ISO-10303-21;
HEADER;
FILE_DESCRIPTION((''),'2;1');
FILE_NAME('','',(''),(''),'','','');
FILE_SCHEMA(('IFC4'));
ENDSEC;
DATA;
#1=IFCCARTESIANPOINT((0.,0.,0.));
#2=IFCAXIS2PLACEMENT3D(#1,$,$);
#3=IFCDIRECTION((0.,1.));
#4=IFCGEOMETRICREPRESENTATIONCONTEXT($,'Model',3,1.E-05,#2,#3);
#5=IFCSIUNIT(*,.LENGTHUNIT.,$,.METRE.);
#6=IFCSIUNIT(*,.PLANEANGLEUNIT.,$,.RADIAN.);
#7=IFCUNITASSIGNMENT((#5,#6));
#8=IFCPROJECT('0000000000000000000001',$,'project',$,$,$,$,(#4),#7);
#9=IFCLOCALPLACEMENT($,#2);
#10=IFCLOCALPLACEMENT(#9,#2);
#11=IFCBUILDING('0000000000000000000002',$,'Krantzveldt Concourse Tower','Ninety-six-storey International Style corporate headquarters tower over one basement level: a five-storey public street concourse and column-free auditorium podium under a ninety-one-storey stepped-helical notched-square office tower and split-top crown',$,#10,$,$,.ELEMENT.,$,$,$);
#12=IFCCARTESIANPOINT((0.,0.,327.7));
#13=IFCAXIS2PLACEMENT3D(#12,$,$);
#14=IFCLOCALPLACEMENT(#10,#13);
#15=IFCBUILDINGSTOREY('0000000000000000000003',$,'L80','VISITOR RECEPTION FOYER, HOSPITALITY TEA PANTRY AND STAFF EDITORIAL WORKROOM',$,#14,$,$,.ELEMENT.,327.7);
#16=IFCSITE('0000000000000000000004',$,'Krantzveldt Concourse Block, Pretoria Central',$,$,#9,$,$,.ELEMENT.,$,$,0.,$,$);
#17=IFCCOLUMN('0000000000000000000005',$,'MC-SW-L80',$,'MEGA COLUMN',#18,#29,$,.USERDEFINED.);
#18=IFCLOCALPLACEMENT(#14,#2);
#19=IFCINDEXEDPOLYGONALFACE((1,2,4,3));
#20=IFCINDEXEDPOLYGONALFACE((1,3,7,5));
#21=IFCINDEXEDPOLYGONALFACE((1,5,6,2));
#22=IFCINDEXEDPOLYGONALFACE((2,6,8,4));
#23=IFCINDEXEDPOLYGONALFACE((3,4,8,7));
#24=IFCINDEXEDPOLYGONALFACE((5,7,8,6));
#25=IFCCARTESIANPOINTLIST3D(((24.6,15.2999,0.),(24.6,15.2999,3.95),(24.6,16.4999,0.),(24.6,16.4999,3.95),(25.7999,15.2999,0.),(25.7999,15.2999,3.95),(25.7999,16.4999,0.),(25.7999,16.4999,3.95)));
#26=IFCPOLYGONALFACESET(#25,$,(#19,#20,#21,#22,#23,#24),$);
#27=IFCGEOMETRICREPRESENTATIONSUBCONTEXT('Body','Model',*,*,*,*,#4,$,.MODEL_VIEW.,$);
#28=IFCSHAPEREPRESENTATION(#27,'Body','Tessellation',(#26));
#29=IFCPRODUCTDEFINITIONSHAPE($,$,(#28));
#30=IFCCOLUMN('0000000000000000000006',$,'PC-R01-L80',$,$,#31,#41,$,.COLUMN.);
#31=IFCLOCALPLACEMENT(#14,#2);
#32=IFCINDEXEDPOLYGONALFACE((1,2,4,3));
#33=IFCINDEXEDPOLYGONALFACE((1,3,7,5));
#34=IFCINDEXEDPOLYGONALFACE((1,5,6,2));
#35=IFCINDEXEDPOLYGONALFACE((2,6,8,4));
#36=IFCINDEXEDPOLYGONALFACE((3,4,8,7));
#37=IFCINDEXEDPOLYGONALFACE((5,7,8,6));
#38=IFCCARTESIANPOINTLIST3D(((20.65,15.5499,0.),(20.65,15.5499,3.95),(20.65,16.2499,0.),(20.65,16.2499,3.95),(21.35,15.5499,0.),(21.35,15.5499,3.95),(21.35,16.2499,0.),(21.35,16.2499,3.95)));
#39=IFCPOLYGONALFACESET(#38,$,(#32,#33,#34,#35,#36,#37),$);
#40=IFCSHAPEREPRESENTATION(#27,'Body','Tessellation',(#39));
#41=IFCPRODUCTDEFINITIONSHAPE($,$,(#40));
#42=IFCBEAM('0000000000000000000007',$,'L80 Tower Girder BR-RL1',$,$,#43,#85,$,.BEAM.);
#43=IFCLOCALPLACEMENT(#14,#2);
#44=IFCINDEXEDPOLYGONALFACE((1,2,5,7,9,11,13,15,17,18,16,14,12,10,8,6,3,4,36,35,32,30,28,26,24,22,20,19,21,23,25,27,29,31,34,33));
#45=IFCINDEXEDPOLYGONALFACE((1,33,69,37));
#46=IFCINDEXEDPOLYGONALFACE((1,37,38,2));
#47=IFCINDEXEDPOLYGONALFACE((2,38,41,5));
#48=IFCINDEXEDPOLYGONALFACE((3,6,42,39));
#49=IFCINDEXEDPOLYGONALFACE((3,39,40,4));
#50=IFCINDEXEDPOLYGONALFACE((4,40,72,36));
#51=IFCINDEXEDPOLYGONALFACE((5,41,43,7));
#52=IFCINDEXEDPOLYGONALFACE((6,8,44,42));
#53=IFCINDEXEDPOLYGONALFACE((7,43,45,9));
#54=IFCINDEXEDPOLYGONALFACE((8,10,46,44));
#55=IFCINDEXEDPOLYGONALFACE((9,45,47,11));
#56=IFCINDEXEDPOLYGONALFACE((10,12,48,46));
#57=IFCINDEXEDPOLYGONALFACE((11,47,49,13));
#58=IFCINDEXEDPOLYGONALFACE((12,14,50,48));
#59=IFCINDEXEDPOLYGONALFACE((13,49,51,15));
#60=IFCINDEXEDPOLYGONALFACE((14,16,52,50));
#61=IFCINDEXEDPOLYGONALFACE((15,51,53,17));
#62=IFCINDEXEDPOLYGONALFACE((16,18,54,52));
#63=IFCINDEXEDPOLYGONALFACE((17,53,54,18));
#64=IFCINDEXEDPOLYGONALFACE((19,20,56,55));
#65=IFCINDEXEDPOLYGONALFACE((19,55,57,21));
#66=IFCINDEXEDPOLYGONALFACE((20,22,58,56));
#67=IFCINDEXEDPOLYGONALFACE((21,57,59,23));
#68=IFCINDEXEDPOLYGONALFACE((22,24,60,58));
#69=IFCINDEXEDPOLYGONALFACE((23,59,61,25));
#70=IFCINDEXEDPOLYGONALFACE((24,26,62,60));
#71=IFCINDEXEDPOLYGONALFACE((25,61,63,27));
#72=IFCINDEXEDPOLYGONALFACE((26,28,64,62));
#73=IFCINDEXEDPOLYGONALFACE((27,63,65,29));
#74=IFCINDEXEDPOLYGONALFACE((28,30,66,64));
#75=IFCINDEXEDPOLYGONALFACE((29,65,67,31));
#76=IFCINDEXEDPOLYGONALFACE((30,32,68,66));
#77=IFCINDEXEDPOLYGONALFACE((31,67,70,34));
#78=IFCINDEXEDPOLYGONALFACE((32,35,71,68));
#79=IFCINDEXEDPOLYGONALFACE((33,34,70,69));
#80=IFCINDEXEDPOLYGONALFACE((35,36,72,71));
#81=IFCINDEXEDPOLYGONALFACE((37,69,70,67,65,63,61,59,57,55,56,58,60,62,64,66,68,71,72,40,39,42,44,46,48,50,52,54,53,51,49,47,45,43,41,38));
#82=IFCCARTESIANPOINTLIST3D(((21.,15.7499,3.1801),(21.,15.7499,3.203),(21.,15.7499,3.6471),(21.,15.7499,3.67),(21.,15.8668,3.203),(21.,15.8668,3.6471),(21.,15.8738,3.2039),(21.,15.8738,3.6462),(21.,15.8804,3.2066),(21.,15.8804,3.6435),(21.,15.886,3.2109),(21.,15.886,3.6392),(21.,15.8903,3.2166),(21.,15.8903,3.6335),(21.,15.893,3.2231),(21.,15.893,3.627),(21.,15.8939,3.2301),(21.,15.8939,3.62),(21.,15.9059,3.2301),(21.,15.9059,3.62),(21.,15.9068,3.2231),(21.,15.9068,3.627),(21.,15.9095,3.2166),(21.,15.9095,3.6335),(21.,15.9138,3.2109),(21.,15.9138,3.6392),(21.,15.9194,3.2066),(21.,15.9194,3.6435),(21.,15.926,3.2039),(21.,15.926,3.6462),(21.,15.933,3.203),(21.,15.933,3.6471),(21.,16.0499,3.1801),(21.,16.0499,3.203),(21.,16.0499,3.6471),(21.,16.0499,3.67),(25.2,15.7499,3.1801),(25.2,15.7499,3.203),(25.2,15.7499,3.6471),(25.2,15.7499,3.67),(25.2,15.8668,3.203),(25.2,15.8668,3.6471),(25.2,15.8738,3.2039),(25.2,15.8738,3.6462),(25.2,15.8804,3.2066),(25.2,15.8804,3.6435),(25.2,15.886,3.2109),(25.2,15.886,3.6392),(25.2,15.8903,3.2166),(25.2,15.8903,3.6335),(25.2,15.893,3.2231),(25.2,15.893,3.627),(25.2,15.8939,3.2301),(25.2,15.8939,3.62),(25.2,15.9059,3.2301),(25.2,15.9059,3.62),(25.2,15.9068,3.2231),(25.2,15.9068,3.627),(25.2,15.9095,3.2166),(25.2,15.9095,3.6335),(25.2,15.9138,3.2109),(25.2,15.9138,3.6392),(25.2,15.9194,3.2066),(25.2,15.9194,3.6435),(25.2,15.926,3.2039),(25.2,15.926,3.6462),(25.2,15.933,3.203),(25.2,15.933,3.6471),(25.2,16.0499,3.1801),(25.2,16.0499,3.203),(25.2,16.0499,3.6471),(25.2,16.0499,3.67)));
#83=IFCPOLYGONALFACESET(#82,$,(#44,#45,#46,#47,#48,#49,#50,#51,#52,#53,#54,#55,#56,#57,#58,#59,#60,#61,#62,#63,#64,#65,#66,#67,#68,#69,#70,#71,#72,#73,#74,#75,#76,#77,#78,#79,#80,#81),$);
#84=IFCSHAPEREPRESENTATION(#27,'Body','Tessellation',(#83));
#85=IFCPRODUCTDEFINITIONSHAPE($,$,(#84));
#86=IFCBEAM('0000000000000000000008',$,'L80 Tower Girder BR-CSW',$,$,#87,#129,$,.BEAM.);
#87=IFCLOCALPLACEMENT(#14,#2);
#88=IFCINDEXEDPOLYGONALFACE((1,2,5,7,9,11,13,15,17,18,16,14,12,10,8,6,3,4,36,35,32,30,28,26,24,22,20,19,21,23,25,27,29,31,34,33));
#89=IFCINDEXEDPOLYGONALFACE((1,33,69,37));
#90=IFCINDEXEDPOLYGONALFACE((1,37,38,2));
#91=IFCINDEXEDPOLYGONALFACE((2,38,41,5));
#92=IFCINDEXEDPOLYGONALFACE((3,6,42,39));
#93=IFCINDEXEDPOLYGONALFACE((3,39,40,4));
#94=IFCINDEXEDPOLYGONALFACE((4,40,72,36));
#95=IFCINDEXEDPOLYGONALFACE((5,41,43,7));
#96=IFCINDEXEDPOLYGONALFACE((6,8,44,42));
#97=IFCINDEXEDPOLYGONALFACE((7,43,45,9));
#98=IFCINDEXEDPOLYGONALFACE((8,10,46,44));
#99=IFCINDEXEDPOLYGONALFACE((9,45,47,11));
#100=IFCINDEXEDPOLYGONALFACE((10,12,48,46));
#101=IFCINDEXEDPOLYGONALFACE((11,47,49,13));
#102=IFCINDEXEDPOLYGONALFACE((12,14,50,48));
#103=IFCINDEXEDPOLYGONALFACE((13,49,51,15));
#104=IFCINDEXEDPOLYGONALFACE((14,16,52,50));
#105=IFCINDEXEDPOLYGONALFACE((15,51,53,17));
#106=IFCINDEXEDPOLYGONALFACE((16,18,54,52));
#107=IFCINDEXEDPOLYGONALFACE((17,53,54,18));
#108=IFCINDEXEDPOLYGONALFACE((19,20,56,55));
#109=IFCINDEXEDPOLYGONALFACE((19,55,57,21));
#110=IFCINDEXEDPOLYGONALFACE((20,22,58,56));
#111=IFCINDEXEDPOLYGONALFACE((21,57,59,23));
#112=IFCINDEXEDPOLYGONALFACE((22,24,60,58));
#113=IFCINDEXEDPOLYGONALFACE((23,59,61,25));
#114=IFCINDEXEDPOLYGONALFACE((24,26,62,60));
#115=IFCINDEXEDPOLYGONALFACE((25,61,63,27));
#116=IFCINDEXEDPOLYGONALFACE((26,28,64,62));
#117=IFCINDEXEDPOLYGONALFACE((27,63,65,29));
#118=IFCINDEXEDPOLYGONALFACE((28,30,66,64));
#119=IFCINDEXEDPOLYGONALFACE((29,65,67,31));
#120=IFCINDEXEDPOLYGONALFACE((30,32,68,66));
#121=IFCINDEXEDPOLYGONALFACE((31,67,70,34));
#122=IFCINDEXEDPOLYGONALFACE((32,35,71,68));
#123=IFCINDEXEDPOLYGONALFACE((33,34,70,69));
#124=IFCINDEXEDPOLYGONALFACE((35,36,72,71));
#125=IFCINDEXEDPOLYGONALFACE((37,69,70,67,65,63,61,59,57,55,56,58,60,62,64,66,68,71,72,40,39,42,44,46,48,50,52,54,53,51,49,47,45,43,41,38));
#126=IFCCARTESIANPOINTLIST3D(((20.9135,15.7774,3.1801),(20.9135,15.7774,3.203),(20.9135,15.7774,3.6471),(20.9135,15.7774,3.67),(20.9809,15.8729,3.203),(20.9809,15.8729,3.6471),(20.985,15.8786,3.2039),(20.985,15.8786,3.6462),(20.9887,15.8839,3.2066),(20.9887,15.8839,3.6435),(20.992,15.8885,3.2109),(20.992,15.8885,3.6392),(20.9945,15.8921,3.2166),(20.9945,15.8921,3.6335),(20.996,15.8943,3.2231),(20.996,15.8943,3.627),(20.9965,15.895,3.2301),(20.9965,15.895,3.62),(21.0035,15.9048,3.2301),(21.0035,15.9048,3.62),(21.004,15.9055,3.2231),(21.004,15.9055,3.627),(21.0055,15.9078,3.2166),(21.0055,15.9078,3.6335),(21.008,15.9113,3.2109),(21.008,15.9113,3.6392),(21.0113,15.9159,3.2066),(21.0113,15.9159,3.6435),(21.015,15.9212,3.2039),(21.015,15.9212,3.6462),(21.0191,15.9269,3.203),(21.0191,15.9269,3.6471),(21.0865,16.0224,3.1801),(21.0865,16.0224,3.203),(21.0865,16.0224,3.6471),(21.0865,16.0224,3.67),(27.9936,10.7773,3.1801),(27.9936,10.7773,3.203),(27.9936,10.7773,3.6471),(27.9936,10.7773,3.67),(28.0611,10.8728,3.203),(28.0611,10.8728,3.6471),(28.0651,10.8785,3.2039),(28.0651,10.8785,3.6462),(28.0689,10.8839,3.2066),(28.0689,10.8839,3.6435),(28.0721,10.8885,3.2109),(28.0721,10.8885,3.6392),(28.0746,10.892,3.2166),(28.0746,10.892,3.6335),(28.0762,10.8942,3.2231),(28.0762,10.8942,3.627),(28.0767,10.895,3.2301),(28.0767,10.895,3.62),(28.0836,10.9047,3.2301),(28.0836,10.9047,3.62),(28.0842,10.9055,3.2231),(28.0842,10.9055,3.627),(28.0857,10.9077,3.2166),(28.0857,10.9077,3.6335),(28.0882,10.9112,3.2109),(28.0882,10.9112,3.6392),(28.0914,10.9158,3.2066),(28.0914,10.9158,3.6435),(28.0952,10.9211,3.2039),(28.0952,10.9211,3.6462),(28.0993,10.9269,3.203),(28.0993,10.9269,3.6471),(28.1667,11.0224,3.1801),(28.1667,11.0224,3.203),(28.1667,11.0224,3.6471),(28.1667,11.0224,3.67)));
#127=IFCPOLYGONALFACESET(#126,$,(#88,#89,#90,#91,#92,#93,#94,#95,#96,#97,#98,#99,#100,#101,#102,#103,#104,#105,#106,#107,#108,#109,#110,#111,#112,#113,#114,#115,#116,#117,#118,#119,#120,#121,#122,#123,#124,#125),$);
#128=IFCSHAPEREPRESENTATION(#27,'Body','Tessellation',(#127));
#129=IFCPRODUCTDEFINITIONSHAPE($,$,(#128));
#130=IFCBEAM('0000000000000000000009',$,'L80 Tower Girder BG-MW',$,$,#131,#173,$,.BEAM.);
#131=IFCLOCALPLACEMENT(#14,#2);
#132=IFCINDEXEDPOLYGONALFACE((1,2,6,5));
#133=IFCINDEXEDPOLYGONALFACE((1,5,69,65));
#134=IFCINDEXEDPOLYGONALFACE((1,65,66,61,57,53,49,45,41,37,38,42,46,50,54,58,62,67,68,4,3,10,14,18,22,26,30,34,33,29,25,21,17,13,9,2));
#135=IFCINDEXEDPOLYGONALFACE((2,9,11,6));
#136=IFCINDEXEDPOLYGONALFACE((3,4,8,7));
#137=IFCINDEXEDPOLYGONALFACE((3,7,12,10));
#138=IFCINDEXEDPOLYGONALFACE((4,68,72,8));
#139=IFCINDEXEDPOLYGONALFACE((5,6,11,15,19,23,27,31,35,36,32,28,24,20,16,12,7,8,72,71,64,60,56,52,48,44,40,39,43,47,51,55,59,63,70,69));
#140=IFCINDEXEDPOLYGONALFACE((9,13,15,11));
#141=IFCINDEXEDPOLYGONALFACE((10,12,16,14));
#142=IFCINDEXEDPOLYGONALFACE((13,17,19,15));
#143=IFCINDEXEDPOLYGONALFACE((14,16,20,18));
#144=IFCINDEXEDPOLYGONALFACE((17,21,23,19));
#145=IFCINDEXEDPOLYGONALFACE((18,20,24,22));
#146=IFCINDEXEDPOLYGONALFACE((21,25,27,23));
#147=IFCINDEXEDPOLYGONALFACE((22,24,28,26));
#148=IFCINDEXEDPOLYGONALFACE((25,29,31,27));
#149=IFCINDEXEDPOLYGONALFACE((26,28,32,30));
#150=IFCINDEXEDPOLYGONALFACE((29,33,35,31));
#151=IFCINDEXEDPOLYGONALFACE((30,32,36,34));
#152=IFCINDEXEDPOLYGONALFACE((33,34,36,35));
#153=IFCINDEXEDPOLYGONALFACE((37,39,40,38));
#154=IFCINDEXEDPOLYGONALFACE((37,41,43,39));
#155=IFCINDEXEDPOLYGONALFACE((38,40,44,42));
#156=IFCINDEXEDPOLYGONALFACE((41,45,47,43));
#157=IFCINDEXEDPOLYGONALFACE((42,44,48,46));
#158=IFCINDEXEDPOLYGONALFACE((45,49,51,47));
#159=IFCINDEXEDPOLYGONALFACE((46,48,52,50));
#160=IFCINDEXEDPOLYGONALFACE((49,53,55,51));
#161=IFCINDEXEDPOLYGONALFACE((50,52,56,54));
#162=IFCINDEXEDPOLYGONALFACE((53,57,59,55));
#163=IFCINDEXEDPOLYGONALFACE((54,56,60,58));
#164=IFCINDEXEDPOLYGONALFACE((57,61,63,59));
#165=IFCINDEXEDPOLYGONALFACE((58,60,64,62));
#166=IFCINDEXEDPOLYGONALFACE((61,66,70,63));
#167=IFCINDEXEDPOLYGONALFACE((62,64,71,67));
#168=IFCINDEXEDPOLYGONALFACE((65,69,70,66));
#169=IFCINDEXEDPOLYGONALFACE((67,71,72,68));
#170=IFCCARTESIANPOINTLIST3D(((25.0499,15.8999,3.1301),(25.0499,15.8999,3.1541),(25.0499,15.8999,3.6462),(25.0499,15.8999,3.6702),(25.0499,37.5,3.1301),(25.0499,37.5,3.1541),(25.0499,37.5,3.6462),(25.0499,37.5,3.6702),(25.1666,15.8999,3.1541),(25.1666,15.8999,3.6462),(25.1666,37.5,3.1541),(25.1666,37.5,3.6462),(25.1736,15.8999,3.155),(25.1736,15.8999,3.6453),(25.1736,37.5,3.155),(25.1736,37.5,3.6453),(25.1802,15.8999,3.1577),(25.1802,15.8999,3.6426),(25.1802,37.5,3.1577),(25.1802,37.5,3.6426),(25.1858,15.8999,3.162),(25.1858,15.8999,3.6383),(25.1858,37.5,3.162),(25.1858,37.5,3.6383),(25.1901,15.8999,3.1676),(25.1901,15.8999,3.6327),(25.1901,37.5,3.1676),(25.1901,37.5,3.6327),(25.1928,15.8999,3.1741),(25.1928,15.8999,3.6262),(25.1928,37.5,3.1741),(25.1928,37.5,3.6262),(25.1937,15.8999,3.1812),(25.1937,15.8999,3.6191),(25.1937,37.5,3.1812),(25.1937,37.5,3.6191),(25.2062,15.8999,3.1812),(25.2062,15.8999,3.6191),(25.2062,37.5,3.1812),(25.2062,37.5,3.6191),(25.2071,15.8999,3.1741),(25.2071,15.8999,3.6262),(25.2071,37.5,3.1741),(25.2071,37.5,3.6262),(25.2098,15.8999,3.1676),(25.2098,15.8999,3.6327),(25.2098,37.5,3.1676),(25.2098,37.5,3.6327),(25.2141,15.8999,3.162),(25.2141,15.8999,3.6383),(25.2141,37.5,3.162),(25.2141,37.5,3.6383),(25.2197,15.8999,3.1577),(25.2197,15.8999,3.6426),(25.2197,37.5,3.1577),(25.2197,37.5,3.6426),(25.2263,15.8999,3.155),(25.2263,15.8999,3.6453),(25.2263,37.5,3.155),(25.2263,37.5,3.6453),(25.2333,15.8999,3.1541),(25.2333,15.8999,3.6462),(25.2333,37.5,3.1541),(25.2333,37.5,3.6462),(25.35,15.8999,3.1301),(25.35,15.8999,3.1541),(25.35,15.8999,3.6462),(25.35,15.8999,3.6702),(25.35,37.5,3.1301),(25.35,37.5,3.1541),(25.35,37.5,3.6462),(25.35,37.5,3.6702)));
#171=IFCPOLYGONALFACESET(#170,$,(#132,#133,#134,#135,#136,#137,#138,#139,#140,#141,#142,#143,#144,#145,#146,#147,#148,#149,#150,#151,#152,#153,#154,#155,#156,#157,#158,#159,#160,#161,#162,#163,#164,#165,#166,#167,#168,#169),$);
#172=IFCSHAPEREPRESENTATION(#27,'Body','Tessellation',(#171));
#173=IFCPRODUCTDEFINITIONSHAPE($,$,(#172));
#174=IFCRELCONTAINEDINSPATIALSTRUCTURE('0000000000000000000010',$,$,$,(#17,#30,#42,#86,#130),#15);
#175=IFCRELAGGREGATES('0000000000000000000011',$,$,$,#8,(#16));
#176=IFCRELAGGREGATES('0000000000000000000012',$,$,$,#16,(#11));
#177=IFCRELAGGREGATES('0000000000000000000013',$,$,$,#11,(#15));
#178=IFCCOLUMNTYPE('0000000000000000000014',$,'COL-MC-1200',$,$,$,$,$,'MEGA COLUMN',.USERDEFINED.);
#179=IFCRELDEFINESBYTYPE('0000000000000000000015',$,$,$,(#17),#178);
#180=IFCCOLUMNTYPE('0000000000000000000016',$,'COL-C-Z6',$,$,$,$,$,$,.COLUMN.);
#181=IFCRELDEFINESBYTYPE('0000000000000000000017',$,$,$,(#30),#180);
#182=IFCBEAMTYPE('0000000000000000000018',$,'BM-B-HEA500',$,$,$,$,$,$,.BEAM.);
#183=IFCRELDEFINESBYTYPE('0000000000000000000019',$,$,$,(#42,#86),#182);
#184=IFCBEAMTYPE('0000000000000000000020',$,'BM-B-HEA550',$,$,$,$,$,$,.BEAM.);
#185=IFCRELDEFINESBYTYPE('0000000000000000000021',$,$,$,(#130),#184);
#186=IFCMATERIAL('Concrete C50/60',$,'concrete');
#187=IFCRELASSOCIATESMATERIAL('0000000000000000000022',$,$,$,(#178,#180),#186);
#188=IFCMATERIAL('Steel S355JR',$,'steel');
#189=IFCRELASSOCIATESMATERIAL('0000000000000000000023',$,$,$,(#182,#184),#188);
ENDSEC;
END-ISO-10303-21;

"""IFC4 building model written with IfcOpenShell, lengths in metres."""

from ifc_helpers import new_model, si_unit, direction, frame, origin, origin_2d, place, context, subcontext, project, spatial, rectangle, i_section, extrude, source, transform, mapped, material, material_profile, profile_set, type_object, type_shapes, element, save


model = new_model("IFC4")

# Units and contexts
model_context = context("Model", 3, precision=1e-05, world=origin(), true_north=direction((0.0, 1.0)))
body_context = subcontext(model_context, "Body", "Model", "MODEL_VIEW")
ifc_project = project(units=[si_unit("LENGTHUNIT", "METRE"), si_unit("PLANEANGLEUNIT", "RADIAN")], contexts=[model_context])

# Site, building, storey
site_placement = place(None, origin())
site = spatial("IfcSite", under=ifc_project, at=site_placement, Name="Krantzveldt Concourse Block, Pretoria Central", CompositionType="ELEMENT", RefElevation=0.0)
building_placement = place(site_placement, origin())
building = spatial("IfcBuilding", under=site, at=building_placement, Name="Krantzveldt Concourse Tower", Description="Ninety-six-storey International Style corporate headquarters tower over one basement level: a five-storey public street concourse and column-free auditorium podium under a ninety-one-storey stepped-helical notched-square office tower and split-top crown", CompositionType="ELEMENT")
storey_placement = place(building_placement, frame((0.0, 0.0, 327.7)))
storey = spatial("IfcBuildingStorey", under=building, at=storey_placement, Name="L80", Description="VISITOR RECEPTION FOYER, HOSPITALITY TEA PANTRY AND STAFF EDITORIAL WORKROOM", CompositionType="ELEMENT", Elevation=327.7)

# Columns
ifc_material_1 = material(Name="Concrete C50/60", Category="concrete")
ifc_material_profile_1 = material_profile(ifc_material_1, rectangle(XDim=1.2, YDim=1.2, at=origin_2d()), Name="Concrete C50/60", Category="concrete")
ifc_profile_set_1 = profile_set([ifc_material_profile_1], Name="Concrete C50/60 - RC 1200x1200")
column_type_1 = type_object("IfcColumnType", Name="COL-MC-1200", ElementType="MEGA COLUMN", PredefinedType="USERDEFINED", material=ifc_profile_set_1)
shared_shape_1 = source(origin(), body_context, "Body", "SweptSolid", [
    extrude(rectangle(XDim=1.2, YDim=1.2, at=origin_2d()), origin(), (0.0, 0.0, 1.0), 3.95),
])
type_shapes(column_type_1, [shared_shape_1])
column_1_placement = place(storey_placement, frame((25.2, 15.8999, 0.0), z_axis=(0.0, 0.0, 1.0), x_axis=(1.0, 0.0, 0.0)))
element("IfcColumn", 1, at=column_1_placement, inside=storey, type_object=column_type_1, Name="MC-SW-L80", ObjectType="MEGA COLUMN", PredefinedType="USERDEFINED", context=body_context, shape_type="MappedRepresentation", body=[
    mapped(shared_shape_1, transform((0.0, 0.0, 0.0), x_axis=(1.0, 0.0, 0.0), y_axis=(0.0, 1.0, 0.0), z_axis=(0.0, 0.0, 1.0), scale=1.0)),
])
ifc_material_profile_2 = material_profile(ifc_material_1, rectangle(XDim=0.7, YDim=0.7, at=origin_2d()), Name="Concrete C50/60", Category="concrete")
ifc_profile_set_2 = profile_set([ifc_material_profile_2], Name="Concrete C50/60 - RC 700x700")
column_type_2 = type_object("IfcColumnType", Name="COL-C-Z6", PredefinedType="COLUMN", material=ifc_profile_set_2)
shared_shape_2 = source(origin(), body_context, "Body", "SweptSolid", [
    extrude(rectangle(XDim=0.7, YDim=0.7, at=origin_2d()), origin(), (0.0, 0.0, 1.0), 3.95),
])
type_shapes(column_type_2, [shared_shape_2])
column_2_placement = place(storey_placement, frame((21.0, 15.8999, 0.0), z_axis=(0.0, 0.0, 1.0), x_axis=(1.0, 0.0, 0.0)))
element("IfcColumn", 2, at=column_2_placement, inside=storey, type_object=column_type_2, Name="PC-R01-L80", PredefinedType="COLUMN", context=body_context, shape_type="MappedRepresentation", body=[
    mapped(shared_shape_2, transform((0.0, 0.0, 0.0), x_axis=(1.0, 0.0, 0.0), y_axis=(0.0, 1.0, 0.0), z_axis=(0.0, 0.0, 1.0), scale=1.0)),
])

# Beams
ifc_material_2 = material(Name="Steel S355JR", Category="steel")
ifc_material_profile_3 = material_profile(ifc_material_2, i_section(OverallWidth=0.3, OverallDepth=0.49, WebThickness=0.012, FlangeThickness=0.0229, FilletRadius=0.0271, at=origin_2d()), Name="Steel S355JR", Category="steel")
ifc_profile_set_3 = profile_set([ifc_material_profile_3], Name="Steel S355JR - HEA 500")
beam_type_1 = type_object("IfcBeamType", Name="BM-B-HEA500", PredefinedType="BEAM", material=ifc_profile_set_3)
shared_shape_3 = source(origin(), body_context, "Body", "SweptSolid", [
    extrude(i_section(OverallWidth=0.3, OverallDepth=0.49, WebThickness=0.012, FlangeThickness=0.0229, FilletRadius=0.0271, at=origin_2d()), origin(), (0.0, 0.0, 1.0), 4.2),
])
beam_1_placement = place(storey_placement, frame((21.0, 15.8999, 3.425), z_axis=(1.0, 0.0, 0.0), x_axis=(0.0, 1.0, 0.0)))
element("IfcBeam", 3, at=beam_1_placement, inside=storey, type_object=beam_type_1, Name="L80 Tower Girder BR-RL1", PredefinedType="BEAM", context=body_context, shape_type="MappedRepresentation", body=[
    mapped(shared_shape_3, transform((0.0, 0.0, 0.0), x_axis=(1.0, 0.0, 0.0), y_axis=(0.0, 1.0, 0.0), z_axis=(0.0, 0.0, 1.0), scale=1.0)),
])
shared_shape_4 = source(origin(), body_context, "Body", "SweptSolid", [
    extrude(i_section(OverallWidth=0.3, OverallDepth=0.49, WebThickness=0.012, FlangeThickness=0.0229, FilletRadius=0.0271, at=origin_2d()), origin(), (0.0, 0.0, 1.0), 8.6677),
])
type_shapes(beam_type_1, [shared_shape_3, shared_shape_4])
beam_2_placement = place(storey_placement, frame((21.0, 15.8999, 3.425), z_axis=(0.816843, -0.57686, 0.0), x_axis=(0.57686, 0.816843, 0.0)))
element("IfcBeam", 4, at=beam_2_placement, inside=storey, type_object=beam_type_1, Name="L80 Tower Girder BR-CSW", PredefinedType="BEAM", context=body_context, shape_type="MappedRepresentation", body=[
    mapped(shared_shape_4, transform((0.0, 0.0, 0.0), x_axis=(1.0, 0.0, 0.0), y_axis=(0.0, 1.0, 0.0), z_axis=(0.0, 0.0, 1.0), scale=1.0)),
])
ifc_material_profile_4 = material_profile(ifc_material_2, i_section(OverallWidth=0.3, OverallDepth=0.54, WebThickness=0.0125, FlangeThickness=0.0239, FilletRadius=0.0271, at=origin_2d()), Name="Steel S355JR", Category="steel")
ifc_profile_set_4 = profile_set([ifc_material_profile_4], Name="Steel S355JR - HEA 550")
beam_type_2 = type_object("IfcBeamType", Name="BM-B-HEA550", PredefinedType="BEAM", material=ifc_profile_set_4)
shared_shape_5 = source(origin(), body_context, "Body", "SweptSolid", [
    extrude(i_section(OverallWidth=0.3, OverallDepth=0.54, WebThickness=0.0125, FlangeThickness=0.0239, FilletRadius=0.0271, at=origin_2d()), origin(), (0.0, 0.0, 1.0), 21.6001),
])
type_shapes(beam_type_2, [shared_shape_5])
beam_3_placement = place(storey_placement, frame((25.2, 15.8999, 3.4001), z_axis=(0.0, 1.0, 0.0), x_axis=(-1.0, 0.0, 0.0)))
element("IfcBeam", 5, at=beam_3_placement, inside=storey, type_object=beam_type_2, Name="L80 Tower Girder BG-MW", PredefinedType="BEAM", context=body_context, shape_type="MappedRepresentation", body=[
    mapped(shared_shape_5, transform((0.0, 0.0, 0.0), x_axis=(1.0, 0.0, 0.0), y_axis=(0.0, 1.0, 0.0), z_axis=(0.0, 0.0, 1.0), scale=1.0)),
])

save(model, "model.ifc")
